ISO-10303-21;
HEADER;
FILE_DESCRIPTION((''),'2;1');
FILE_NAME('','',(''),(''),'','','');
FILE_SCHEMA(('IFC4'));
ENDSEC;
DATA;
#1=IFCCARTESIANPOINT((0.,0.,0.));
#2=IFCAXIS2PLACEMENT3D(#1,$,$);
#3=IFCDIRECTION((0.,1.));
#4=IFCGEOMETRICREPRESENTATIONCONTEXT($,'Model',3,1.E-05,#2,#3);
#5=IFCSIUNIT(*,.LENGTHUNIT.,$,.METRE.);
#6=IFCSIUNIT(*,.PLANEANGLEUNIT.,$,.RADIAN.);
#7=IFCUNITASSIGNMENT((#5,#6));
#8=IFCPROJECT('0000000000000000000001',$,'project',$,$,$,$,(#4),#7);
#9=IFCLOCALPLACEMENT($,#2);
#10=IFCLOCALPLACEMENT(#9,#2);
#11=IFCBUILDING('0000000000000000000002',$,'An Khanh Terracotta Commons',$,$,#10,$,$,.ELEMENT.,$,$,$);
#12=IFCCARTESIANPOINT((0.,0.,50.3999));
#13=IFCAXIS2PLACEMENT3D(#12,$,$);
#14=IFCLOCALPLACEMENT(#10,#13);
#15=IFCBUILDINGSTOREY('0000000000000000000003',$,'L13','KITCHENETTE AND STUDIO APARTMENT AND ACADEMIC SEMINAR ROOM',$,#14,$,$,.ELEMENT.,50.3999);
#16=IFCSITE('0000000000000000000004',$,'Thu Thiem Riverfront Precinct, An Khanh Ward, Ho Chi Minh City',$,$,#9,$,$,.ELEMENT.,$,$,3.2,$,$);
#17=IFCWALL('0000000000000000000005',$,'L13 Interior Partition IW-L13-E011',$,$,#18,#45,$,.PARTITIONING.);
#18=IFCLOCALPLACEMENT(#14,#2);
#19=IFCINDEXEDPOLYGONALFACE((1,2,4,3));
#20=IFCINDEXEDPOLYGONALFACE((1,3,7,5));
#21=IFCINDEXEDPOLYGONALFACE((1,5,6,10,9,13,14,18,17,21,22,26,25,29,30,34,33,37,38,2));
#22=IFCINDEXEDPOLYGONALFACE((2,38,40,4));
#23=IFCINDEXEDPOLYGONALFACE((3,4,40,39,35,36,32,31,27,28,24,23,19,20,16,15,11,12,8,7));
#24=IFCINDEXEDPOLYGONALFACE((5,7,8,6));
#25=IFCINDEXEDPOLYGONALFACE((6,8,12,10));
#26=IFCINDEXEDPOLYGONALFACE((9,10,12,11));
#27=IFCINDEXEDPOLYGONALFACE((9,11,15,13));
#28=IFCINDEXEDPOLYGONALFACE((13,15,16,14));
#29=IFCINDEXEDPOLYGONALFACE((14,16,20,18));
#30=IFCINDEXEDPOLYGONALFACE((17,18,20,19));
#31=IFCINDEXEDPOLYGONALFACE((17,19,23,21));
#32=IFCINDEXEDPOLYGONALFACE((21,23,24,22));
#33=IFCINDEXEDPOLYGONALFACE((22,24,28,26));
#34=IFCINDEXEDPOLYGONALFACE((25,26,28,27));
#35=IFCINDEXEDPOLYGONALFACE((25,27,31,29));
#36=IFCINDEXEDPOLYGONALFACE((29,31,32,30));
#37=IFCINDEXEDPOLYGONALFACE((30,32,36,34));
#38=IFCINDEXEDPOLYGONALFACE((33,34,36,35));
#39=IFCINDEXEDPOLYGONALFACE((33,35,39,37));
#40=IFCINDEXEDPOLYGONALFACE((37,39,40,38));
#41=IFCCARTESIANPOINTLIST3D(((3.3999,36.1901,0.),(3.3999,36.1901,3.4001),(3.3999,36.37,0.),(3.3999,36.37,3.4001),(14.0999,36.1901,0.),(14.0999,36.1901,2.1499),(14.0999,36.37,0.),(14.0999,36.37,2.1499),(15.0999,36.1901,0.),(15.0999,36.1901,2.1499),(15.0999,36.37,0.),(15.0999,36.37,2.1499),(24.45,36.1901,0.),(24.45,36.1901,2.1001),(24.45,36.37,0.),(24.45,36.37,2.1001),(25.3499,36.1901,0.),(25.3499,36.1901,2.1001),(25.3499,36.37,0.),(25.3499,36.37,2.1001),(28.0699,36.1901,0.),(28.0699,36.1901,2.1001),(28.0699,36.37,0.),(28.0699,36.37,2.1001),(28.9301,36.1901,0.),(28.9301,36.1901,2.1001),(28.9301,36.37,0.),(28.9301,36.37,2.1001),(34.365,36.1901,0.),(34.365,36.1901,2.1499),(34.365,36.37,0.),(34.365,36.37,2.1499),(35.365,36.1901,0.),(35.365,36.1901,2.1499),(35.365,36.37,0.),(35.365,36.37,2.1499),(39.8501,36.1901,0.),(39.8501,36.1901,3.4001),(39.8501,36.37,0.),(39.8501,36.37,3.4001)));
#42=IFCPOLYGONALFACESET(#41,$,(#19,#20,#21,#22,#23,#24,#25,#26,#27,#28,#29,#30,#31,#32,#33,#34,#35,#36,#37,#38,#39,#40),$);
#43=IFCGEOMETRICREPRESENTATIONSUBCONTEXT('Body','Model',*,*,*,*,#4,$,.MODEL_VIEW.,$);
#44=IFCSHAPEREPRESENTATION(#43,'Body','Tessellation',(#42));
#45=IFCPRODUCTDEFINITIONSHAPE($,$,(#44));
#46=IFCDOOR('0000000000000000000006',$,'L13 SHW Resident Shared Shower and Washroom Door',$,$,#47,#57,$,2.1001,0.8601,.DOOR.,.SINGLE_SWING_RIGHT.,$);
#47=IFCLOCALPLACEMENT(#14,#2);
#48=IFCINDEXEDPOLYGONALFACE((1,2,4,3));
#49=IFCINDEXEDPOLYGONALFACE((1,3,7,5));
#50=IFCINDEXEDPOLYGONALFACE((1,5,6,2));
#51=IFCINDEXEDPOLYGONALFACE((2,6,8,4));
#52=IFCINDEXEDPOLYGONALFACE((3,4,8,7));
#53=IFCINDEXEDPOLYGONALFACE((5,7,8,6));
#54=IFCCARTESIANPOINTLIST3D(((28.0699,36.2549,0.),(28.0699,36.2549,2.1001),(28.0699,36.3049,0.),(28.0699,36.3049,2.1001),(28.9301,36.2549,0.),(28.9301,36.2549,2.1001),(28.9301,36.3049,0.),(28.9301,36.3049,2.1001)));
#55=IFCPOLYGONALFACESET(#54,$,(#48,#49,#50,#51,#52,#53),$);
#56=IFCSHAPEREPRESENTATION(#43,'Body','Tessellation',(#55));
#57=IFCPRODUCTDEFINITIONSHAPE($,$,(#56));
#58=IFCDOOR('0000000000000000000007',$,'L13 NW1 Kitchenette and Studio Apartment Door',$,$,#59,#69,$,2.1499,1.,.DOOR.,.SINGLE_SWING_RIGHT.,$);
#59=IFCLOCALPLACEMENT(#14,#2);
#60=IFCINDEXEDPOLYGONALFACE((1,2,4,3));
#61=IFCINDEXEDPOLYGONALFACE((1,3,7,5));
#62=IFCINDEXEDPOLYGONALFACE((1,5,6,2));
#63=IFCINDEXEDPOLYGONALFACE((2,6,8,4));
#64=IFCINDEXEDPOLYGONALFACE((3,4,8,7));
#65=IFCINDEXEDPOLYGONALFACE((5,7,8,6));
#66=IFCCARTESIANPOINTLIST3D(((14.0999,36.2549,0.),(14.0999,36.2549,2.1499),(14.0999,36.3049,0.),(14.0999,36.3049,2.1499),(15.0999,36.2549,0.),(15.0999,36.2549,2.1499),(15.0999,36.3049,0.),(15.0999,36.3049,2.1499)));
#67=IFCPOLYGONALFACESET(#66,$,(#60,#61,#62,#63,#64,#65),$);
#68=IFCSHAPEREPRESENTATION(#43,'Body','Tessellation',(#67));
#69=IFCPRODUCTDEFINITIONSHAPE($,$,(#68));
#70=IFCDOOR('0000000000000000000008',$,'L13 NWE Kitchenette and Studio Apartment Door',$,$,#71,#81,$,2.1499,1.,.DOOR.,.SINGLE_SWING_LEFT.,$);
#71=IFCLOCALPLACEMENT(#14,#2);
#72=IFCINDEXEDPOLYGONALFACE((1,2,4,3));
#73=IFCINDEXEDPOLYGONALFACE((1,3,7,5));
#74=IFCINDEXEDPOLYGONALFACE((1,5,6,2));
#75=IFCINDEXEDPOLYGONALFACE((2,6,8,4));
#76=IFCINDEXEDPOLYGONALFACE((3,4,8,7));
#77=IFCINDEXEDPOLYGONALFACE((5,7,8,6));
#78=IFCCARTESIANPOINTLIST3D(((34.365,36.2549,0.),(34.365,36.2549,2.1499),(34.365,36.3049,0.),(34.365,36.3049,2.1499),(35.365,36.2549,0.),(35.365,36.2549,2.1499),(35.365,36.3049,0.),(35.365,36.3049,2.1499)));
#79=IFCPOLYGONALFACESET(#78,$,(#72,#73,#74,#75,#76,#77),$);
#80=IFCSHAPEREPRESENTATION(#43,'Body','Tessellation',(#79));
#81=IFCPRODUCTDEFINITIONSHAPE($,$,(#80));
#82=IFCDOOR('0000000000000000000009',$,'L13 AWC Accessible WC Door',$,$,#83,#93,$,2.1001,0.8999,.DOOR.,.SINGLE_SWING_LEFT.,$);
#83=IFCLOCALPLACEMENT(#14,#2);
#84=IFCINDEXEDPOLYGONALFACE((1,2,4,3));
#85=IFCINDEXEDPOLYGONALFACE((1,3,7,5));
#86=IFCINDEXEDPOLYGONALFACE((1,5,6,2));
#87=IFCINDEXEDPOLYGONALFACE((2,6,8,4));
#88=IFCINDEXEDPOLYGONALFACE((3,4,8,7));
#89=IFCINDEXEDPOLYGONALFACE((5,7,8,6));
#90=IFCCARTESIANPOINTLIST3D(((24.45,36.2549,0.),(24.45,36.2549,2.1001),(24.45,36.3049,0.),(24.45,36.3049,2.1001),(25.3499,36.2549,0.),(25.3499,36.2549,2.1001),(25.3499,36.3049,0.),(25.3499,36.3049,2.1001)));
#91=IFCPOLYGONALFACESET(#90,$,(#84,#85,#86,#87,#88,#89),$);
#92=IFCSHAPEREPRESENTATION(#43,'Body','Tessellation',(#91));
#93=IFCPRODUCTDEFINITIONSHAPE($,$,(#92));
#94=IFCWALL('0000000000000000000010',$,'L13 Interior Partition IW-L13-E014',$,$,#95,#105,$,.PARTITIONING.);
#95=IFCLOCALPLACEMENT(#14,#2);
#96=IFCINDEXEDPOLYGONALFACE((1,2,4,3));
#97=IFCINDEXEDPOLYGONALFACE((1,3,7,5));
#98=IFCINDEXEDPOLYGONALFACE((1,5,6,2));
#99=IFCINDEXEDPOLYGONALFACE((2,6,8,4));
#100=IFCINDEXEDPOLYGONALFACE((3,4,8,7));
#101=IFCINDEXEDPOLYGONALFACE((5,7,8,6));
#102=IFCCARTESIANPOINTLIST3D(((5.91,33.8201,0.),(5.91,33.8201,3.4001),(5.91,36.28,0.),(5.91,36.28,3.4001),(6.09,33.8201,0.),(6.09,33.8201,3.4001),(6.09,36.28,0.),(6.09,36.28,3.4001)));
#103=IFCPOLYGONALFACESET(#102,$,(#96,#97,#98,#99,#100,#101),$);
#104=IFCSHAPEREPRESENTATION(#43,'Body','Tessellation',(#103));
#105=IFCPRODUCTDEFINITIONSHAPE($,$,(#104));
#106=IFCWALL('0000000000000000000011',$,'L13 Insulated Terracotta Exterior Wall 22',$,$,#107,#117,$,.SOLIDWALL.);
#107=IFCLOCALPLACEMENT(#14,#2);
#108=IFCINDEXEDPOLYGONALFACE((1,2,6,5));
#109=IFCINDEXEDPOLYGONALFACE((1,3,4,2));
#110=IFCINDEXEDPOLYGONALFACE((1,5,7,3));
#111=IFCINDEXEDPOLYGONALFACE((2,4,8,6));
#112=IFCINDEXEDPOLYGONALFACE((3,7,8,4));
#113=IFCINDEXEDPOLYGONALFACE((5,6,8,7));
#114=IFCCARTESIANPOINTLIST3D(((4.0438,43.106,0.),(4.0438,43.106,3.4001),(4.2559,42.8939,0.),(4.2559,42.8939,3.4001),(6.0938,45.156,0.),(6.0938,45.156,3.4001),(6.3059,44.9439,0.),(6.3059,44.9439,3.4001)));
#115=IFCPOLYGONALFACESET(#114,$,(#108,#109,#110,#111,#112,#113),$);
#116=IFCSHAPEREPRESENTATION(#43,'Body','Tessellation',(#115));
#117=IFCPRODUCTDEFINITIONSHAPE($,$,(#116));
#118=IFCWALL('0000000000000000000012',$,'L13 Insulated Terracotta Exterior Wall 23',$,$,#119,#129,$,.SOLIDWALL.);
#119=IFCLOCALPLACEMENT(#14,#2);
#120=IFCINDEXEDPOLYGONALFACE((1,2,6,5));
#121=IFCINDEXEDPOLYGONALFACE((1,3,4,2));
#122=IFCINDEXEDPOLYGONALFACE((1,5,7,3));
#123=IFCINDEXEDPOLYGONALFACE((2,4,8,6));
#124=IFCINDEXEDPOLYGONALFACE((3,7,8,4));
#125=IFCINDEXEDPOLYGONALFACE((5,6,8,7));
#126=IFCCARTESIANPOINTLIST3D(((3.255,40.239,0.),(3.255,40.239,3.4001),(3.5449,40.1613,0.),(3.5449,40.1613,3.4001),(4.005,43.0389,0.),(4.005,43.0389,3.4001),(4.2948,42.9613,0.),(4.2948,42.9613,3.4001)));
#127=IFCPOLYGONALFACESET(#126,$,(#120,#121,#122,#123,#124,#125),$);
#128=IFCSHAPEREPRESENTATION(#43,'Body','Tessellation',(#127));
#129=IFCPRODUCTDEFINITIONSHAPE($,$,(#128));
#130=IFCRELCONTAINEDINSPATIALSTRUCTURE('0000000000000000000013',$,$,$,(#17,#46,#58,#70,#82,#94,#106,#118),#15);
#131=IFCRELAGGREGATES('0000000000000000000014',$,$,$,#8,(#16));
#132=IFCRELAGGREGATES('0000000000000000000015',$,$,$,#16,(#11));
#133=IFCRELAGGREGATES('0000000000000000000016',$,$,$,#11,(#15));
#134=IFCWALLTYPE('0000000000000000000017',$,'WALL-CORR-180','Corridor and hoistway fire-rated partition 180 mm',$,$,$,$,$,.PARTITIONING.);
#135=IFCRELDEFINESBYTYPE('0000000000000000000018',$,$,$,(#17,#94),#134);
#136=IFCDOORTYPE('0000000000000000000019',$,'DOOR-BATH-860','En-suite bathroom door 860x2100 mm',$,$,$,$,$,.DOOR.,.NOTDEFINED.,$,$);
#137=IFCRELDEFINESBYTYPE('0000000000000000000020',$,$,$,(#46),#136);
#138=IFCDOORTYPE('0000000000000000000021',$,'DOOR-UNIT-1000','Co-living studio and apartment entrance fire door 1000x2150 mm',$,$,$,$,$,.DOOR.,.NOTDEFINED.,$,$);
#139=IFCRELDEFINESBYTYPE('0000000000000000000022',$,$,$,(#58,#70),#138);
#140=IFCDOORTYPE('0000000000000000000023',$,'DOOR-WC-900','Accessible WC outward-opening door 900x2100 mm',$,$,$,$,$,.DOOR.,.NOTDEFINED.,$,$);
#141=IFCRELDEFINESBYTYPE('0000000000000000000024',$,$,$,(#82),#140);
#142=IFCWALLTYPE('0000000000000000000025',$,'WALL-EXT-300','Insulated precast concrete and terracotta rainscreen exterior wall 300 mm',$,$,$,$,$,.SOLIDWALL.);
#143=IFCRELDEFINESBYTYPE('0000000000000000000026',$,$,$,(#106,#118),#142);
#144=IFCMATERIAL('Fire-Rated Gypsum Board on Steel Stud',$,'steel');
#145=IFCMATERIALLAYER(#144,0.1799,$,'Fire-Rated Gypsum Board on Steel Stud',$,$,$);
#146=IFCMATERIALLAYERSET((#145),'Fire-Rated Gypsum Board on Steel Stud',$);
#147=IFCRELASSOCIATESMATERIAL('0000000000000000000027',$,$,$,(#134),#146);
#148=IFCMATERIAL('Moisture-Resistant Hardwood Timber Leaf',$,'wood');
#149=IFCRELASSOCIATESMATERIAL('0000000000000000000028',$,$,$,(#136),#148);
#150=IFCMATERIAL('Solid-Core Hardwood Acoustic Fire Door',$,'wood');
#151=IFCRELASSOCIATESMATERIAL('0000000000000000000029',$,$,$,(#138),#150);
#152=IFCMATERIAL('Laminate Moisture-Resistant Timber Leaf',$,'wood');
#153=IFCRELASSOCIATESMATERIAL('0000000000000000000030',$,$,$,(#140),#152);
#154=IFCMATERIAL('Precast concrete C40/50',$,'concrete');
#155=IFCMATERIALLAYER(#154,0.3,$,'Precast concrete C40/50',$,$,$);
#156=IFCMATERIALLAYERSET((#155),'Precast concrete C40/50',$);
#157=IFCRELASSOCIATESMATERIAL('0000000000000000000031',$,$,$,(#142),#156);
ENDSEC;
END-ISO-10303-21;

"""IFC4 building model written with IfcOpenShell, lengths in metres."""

from ifc_helpers import new_model, si_unit, direction, frame, frame_2d, origin, place, context, subcontext, project, spatial, rectangle, extrude, material, layer, layer_set, type_object, element, fill, save


model = new_model("IFC4")

# Units and contexts
model_context = context("Model", 3, precision=1e-05, world=origin(), true_north=direction((0.0, 1.0)))
body_context = subcontext(model_context, "Body", "Model", "MODEL_VIEW")
ifc_project = project(units=[si_unit("LENGTHUNIT", "METRE"), si_unit("PLANEANGLEUNIT", "RADIAN")], contexts=[model_context])

# Site, building, storey
site_placement = place(None, origin())
site = spatial("IfcSite", under=ifc_project, at=site_placement, Name="Thu Thiem Riverfront Precinct, An Khanh Ward, Ho Chi Minh City", CompositionType="ELEMENT", RefElevation=3.2)
building_placement = place(site_placement, origin())
building = spatial("IfcBuilding", under=site, at=building_placement, Name="An Khanh Terracotta Commons", CompositionType="ELEMENT")
storey_placement = place(building_placement, frame((0.0, 0.0, 50.3999)))
storey = spatial("IfcBuildingStorey", under=building, at=storey_placement, Name="L13", Description="KITCHENETTE AND STUDIO APARTMENT AND ACADEMIC SEMINAR ROOM", CompositionType="ELEMENT", Elevation=50.3999)

# Wall, openings, doors
ifc_material_1 = material(Name="Fire-Rated Gypsum Board on Steel Stud", Category="steel")
ifc_layer_1 = layer(ifc_material_1, 0.1799, Name="Fire-Rated Gypsum Board on Steel Stud")
ifc_layer_set_1 = layer_set([ifc_layer_1], Name="Fire-Rated Gypsum Board on Steel Stud")
wall_type_1 = type_object("IfcWallType", Name="WALL-CORR-180", Description="Corridor and hoistway fire-rated partition 180 mm", PredefinedType="PARTITIONING", material=ifc_layer_set_1)
wall_1_placement = place(storey_placement, frame((3.3999, 36.28, 0.0), z_axis=(0.0, 0.0, 1.0), x_axis=(1.0, 0.0, 0.0)))
wall_1 = element("IfcWall", 1, at=wall_1_placement, inside=storey, type_object=wall_type_1, Name="L13 Interior Partition IW-L13-E011", PredefinedType="PARTITIONING", context=body_context, shape_type="SweptSolid", body=[
    extrude(rectangle(XDim=36.4502, YDim=0.1799, at=frame_2d((18.2251, 0.0))), origin(), (0.0, 0.0, 1.0), 3.4001),
])
opening_1_placement = place(wall_1_placement, frame((21.05, 0.0, 0.0)))
opening_1 = element("IfcOpeningElement", 2, at=opening_1_placement, cuts=wall_1, PredefinedType="OPENING", context=body_context, shape_type="SweptSolid", body=[
    extrude(rectangle(XDim=0.8999, YDim=2.1001, at=frame_2d((0.45, 1.05))), frame((0.0, 0.0999, 0.0), z_axis=(0.0, -1.0, 0.0), x_axis=(1.0, 0.0, 0.0)), (0.0, 0.0, 1.0), 0.2),
])
opening_2_placement = place(wall_1_placement, frame((24.6699, 0.0, 0.0)))
opening_2 = element("IfcOpeningElement", 3, at=opening_2_placement, cuts=wall_1, PredefinedType="OPENING", context=body_context, shape_type="SweptSolid", body=[
    extrude(rectangle(XDim=0.8601, YDim=2.1001, at=frame_2d((0.4302, 1.05))), frame((0.0, 0.0999, 0.0), z_axis=(0.0, -1.0, 0.0), x_axis=(1.0, 0.0, 0.0)), (0.0, 0.0, 1.0), 0.2),
])
opening_3_placement = place(wall_1_placement, frame((10.7, 0.0, 0.0)))
opening_3 = element("IfcOpeningElement", 4, at=opening_3_placement, cuts=wall_1, PredefinedType="OPENING", context=body_context, shape_type="SweptSolid", body=[
    extrude(rectangle(XDim=1.0, YDim=2.1499, at=frame_2d((0.5, 1.075))), frame((0.0, 0.0999, 0.0), z_axis=(0.0, -1.0, 0.0), x_axis=(1.0, 0.0, 0.0)), (0.0, 0.0, 1.0), 0.2),
])
opening_4_placement = place(wall_1_placement, frame((30.9651, 0.0, 0.0)))
opening_4 = element("IfcOpeningElement", 5, at=opening_4_placement, cuts=wall_1, PredefinedType="OPENING", context=body_context, shape_type="SweptSolid", body=[
    extrude(rectangle(XDim=1.0, YDim=2.1499, at=frame_2d((0.5, 1.075))), frame((0.0, 0.0999, 0.0), z_axis=(0.0, -1.0, 0.0), x_axis=(1.0, 0.0, 0.0)), (0.0, 0.0, 1.0), 0.2),
])
ifc_material_2 = material(Name="Moisture-Resistant Hardwood Timber Leaf", Category="wood")
door_type_1 = type_object("IfcDoorType", Name="DOOR-BATH-860", Description="En-suite bathroom door 860x2100 mm", OperationType="NOTDEFINED", PredefinedType="DOOR", material=ifc_material_2)
door_1_placement = place(opening_2_placement, origin())
door_1 = element("IfcDoor", 6, at=door_1_placement, inside=storey, type_object=door_type_1, Name="L13 SHW Resident Shared Shower and Washroom Door", OperationType="SINGLE_SWING_RIGHT", OverallHeight=2.1001, OverallWidth=0.8601, PredefinedType="DOOR", context=body_context, shape_type="SweptSolid", body=[
    extrude(rectangle(XDim=0.8601, YDim=2.1001, at=frame_2d((0.4302, 1.05))), frame((0.0, 0.0249, 0.0), z_axis=(0.0, -1.0, 0.0), x_axis=(1.0, 0.0, 0.0)), (0.0, 0.0, 1.0), 0.05),
])
fill(opening_2, door_1)
ifc_material_3 = material(Name="Solid-Core Hardwood Acoustic Fire Door", Category="wood")
door_type_2 = type_object("IfcDoorType", Name="DOOR-UNIT-1000", Description="Co-living studio and apartment entrance fire door 1000x2150 mm", OperationType="NOTDEFINED", PredefinedType="DOOR", material=ifc_material_3)
door_2_placement = place(opening_3_placement, origin())
door_2 = element("IfcDoor", 7, at=door_2_placement, inside=storey, type_object=door_type_2, Name="L13 NW1 Kitchenette and Studio Apartment Door", OperationType="SINGLE_SWING_RIGHT", OverallHeight=2.1499, OverallWidth=1.0, PredefinedType="DOOR", context=body_context, shape_type="SweptSolid", body=[
    extrude(rectangle(XDim=1.0, YDim=2.1499, at=frame_2d((0.5, 1.075))), frame((0.0, 0.0249, 0.0), z_axis=(0.0, -1.0, 0.0), x_axis=(1.0, 0.0, 0.0)), (0.0, 0.0, 1.0), 0.05),
])
fill(opening_3, door_2)
door_3_placement = place(opening_4_placement, origin())
door_3 = element("IfcDoor", 8, at=door_3_placement, inside=storey, type_object=door_type_2, Name="L13 NWE Kitchenette and Studio Apartment Door", OperationType="SINGLE_SWING_LEFT", OverallHeight=2.1499, OverallWidth=1.0, PredefinedType="DOOR", context=body_context, shape_type="SweptSolid", body=[
    extrude(rectangle(XDim=1.0, YDim=2.1499, at=frame_2d((0.5, 1.075))), frame((0.0, 0.0249, 0.0), z_axis=(0.0, -1.0, 0.0), x_axis=(1.0, 0.0, 0.0)), (0.0, 0.0, 1.0), 0.05),
])
fill(opening_4, door_3)
ifc_material_4 = material(Name="Laminate Moisture-Resistant Timber Leaf", Category="wood")
door_type_3 = type_object("IfcDoorType", Name="DOOR-WC-900", Description="Accessible WC outward-opening door 900x2100 mm", OperationType="NOTDEFINED", PredefinedType="DOOR", material=ifc_material_4)
door_4_placement = place(opening_1_placement, origin())
door_4 = element("IfcDoor", 9, at=door_4_placement, inside=storey, type_object=door_type_3, Name="L13 AWC Accessible WC Door", OperationType="SINGLE_SWING_LEFT", OverallHeight=2.1001, OverallWidth=0.8999, PredefinedType="DOOR", context=body_context, shape_type="SweptSolid", body=[
    extrude(rectangle(XDim=0.8999, YDim=2.1001, at=frame_2d((0.45, 1.05))), frame((0.0, 0.0249, 0.0), z_axis=(0.0, -1.0, 0.0), x_axis=(1.0, 0.0, 0.0)), (0.0, 0.0, 1.0), 0.05),
])
fill(opening_1, door_4)

# Walls
wall_2_placement = place(storey_placement, frame((6.0, 33.8201, 0.0), z_axis=(0.0, 0.0, 1.0), x_axis=(0.0, 1.0, 0.0)))
element("IfcWall", 10, at=wall_2_placement, inside=storey, type_object=wall_type_1, Name="L13 Interior Partition IW-L13-E014", PredefinedType="PARTITIONING", context=body_context, shape_type="SweptSolid", body=[
    extrude(rectangle(XDim=2.46, YDim=0.1799, at=frame_2d((1.23, 0.0))), origin(), (0.0, 0.0, 1.0), 3.4001),
])
ifc_material_5 = material(Name="Precast concrete C40/50", Category="concrete")
ifc_layer_2 = layer(ifc_material_5, 0.3, Name="Precast concrete C40/50")
ifc_layer_set_2 = layer_set([ifc_layer_2], Name="Precast concrete C40/50")
wall_type_2 = type_object("IfcWallType", Name="WALL-EXT-300", Description="Insulated precast concrete and terracotta rainscreen exterior wall 300 mm", PredefinedType="SOLIDWALL", material=ifc_layer_set_2)
wall_3_placement = place(storey_placement, frame((6.2, 45.05, 0.0), z_axis=(0.0, 0.0, 1.0), x_axis=(-0.707107, -0.707107, 0.0)))
element("IfcWall", 11, at=wall_3_placement, inside=storey, type_object=wall_type_2, Name="L13 Insulated Terracotta Exterior Wall 22", PredefinedType="SOLIDWALL", context=body_context, shape_type="SweptSolid", body=[
    extrude(rectangle(XDim=2.8992, YDim=0.3, at=frame_2d((1.4497, 0.0))), origin(), (0.0, 0.0, 1.0), 3.4001),
])
wall_4_placement = place(storey_placement, frame((4.1499, 43.0, 0.0), z_axis=(0.0, 0.0, 1.0), x_axis=(-0.258732, -0.965949, 0.0)))
element("IfcWall", 12, at=wall_4_placement, inside=storey, type_object=wall_type_2, Name="L13 Insulated Terracotta Exterior Wall 23", PredefinedType="SOLIDWALL", context=body_context, shape_type="SweptSolid", body=[
    extrude(rectangle(XDim=2.8987, YDim=0.3, at=frame_2d((1.4492, 0.0))), origin(), (0.0, 0.0, 1.0), 3.4001),
])

save(model, "model.ifc")
